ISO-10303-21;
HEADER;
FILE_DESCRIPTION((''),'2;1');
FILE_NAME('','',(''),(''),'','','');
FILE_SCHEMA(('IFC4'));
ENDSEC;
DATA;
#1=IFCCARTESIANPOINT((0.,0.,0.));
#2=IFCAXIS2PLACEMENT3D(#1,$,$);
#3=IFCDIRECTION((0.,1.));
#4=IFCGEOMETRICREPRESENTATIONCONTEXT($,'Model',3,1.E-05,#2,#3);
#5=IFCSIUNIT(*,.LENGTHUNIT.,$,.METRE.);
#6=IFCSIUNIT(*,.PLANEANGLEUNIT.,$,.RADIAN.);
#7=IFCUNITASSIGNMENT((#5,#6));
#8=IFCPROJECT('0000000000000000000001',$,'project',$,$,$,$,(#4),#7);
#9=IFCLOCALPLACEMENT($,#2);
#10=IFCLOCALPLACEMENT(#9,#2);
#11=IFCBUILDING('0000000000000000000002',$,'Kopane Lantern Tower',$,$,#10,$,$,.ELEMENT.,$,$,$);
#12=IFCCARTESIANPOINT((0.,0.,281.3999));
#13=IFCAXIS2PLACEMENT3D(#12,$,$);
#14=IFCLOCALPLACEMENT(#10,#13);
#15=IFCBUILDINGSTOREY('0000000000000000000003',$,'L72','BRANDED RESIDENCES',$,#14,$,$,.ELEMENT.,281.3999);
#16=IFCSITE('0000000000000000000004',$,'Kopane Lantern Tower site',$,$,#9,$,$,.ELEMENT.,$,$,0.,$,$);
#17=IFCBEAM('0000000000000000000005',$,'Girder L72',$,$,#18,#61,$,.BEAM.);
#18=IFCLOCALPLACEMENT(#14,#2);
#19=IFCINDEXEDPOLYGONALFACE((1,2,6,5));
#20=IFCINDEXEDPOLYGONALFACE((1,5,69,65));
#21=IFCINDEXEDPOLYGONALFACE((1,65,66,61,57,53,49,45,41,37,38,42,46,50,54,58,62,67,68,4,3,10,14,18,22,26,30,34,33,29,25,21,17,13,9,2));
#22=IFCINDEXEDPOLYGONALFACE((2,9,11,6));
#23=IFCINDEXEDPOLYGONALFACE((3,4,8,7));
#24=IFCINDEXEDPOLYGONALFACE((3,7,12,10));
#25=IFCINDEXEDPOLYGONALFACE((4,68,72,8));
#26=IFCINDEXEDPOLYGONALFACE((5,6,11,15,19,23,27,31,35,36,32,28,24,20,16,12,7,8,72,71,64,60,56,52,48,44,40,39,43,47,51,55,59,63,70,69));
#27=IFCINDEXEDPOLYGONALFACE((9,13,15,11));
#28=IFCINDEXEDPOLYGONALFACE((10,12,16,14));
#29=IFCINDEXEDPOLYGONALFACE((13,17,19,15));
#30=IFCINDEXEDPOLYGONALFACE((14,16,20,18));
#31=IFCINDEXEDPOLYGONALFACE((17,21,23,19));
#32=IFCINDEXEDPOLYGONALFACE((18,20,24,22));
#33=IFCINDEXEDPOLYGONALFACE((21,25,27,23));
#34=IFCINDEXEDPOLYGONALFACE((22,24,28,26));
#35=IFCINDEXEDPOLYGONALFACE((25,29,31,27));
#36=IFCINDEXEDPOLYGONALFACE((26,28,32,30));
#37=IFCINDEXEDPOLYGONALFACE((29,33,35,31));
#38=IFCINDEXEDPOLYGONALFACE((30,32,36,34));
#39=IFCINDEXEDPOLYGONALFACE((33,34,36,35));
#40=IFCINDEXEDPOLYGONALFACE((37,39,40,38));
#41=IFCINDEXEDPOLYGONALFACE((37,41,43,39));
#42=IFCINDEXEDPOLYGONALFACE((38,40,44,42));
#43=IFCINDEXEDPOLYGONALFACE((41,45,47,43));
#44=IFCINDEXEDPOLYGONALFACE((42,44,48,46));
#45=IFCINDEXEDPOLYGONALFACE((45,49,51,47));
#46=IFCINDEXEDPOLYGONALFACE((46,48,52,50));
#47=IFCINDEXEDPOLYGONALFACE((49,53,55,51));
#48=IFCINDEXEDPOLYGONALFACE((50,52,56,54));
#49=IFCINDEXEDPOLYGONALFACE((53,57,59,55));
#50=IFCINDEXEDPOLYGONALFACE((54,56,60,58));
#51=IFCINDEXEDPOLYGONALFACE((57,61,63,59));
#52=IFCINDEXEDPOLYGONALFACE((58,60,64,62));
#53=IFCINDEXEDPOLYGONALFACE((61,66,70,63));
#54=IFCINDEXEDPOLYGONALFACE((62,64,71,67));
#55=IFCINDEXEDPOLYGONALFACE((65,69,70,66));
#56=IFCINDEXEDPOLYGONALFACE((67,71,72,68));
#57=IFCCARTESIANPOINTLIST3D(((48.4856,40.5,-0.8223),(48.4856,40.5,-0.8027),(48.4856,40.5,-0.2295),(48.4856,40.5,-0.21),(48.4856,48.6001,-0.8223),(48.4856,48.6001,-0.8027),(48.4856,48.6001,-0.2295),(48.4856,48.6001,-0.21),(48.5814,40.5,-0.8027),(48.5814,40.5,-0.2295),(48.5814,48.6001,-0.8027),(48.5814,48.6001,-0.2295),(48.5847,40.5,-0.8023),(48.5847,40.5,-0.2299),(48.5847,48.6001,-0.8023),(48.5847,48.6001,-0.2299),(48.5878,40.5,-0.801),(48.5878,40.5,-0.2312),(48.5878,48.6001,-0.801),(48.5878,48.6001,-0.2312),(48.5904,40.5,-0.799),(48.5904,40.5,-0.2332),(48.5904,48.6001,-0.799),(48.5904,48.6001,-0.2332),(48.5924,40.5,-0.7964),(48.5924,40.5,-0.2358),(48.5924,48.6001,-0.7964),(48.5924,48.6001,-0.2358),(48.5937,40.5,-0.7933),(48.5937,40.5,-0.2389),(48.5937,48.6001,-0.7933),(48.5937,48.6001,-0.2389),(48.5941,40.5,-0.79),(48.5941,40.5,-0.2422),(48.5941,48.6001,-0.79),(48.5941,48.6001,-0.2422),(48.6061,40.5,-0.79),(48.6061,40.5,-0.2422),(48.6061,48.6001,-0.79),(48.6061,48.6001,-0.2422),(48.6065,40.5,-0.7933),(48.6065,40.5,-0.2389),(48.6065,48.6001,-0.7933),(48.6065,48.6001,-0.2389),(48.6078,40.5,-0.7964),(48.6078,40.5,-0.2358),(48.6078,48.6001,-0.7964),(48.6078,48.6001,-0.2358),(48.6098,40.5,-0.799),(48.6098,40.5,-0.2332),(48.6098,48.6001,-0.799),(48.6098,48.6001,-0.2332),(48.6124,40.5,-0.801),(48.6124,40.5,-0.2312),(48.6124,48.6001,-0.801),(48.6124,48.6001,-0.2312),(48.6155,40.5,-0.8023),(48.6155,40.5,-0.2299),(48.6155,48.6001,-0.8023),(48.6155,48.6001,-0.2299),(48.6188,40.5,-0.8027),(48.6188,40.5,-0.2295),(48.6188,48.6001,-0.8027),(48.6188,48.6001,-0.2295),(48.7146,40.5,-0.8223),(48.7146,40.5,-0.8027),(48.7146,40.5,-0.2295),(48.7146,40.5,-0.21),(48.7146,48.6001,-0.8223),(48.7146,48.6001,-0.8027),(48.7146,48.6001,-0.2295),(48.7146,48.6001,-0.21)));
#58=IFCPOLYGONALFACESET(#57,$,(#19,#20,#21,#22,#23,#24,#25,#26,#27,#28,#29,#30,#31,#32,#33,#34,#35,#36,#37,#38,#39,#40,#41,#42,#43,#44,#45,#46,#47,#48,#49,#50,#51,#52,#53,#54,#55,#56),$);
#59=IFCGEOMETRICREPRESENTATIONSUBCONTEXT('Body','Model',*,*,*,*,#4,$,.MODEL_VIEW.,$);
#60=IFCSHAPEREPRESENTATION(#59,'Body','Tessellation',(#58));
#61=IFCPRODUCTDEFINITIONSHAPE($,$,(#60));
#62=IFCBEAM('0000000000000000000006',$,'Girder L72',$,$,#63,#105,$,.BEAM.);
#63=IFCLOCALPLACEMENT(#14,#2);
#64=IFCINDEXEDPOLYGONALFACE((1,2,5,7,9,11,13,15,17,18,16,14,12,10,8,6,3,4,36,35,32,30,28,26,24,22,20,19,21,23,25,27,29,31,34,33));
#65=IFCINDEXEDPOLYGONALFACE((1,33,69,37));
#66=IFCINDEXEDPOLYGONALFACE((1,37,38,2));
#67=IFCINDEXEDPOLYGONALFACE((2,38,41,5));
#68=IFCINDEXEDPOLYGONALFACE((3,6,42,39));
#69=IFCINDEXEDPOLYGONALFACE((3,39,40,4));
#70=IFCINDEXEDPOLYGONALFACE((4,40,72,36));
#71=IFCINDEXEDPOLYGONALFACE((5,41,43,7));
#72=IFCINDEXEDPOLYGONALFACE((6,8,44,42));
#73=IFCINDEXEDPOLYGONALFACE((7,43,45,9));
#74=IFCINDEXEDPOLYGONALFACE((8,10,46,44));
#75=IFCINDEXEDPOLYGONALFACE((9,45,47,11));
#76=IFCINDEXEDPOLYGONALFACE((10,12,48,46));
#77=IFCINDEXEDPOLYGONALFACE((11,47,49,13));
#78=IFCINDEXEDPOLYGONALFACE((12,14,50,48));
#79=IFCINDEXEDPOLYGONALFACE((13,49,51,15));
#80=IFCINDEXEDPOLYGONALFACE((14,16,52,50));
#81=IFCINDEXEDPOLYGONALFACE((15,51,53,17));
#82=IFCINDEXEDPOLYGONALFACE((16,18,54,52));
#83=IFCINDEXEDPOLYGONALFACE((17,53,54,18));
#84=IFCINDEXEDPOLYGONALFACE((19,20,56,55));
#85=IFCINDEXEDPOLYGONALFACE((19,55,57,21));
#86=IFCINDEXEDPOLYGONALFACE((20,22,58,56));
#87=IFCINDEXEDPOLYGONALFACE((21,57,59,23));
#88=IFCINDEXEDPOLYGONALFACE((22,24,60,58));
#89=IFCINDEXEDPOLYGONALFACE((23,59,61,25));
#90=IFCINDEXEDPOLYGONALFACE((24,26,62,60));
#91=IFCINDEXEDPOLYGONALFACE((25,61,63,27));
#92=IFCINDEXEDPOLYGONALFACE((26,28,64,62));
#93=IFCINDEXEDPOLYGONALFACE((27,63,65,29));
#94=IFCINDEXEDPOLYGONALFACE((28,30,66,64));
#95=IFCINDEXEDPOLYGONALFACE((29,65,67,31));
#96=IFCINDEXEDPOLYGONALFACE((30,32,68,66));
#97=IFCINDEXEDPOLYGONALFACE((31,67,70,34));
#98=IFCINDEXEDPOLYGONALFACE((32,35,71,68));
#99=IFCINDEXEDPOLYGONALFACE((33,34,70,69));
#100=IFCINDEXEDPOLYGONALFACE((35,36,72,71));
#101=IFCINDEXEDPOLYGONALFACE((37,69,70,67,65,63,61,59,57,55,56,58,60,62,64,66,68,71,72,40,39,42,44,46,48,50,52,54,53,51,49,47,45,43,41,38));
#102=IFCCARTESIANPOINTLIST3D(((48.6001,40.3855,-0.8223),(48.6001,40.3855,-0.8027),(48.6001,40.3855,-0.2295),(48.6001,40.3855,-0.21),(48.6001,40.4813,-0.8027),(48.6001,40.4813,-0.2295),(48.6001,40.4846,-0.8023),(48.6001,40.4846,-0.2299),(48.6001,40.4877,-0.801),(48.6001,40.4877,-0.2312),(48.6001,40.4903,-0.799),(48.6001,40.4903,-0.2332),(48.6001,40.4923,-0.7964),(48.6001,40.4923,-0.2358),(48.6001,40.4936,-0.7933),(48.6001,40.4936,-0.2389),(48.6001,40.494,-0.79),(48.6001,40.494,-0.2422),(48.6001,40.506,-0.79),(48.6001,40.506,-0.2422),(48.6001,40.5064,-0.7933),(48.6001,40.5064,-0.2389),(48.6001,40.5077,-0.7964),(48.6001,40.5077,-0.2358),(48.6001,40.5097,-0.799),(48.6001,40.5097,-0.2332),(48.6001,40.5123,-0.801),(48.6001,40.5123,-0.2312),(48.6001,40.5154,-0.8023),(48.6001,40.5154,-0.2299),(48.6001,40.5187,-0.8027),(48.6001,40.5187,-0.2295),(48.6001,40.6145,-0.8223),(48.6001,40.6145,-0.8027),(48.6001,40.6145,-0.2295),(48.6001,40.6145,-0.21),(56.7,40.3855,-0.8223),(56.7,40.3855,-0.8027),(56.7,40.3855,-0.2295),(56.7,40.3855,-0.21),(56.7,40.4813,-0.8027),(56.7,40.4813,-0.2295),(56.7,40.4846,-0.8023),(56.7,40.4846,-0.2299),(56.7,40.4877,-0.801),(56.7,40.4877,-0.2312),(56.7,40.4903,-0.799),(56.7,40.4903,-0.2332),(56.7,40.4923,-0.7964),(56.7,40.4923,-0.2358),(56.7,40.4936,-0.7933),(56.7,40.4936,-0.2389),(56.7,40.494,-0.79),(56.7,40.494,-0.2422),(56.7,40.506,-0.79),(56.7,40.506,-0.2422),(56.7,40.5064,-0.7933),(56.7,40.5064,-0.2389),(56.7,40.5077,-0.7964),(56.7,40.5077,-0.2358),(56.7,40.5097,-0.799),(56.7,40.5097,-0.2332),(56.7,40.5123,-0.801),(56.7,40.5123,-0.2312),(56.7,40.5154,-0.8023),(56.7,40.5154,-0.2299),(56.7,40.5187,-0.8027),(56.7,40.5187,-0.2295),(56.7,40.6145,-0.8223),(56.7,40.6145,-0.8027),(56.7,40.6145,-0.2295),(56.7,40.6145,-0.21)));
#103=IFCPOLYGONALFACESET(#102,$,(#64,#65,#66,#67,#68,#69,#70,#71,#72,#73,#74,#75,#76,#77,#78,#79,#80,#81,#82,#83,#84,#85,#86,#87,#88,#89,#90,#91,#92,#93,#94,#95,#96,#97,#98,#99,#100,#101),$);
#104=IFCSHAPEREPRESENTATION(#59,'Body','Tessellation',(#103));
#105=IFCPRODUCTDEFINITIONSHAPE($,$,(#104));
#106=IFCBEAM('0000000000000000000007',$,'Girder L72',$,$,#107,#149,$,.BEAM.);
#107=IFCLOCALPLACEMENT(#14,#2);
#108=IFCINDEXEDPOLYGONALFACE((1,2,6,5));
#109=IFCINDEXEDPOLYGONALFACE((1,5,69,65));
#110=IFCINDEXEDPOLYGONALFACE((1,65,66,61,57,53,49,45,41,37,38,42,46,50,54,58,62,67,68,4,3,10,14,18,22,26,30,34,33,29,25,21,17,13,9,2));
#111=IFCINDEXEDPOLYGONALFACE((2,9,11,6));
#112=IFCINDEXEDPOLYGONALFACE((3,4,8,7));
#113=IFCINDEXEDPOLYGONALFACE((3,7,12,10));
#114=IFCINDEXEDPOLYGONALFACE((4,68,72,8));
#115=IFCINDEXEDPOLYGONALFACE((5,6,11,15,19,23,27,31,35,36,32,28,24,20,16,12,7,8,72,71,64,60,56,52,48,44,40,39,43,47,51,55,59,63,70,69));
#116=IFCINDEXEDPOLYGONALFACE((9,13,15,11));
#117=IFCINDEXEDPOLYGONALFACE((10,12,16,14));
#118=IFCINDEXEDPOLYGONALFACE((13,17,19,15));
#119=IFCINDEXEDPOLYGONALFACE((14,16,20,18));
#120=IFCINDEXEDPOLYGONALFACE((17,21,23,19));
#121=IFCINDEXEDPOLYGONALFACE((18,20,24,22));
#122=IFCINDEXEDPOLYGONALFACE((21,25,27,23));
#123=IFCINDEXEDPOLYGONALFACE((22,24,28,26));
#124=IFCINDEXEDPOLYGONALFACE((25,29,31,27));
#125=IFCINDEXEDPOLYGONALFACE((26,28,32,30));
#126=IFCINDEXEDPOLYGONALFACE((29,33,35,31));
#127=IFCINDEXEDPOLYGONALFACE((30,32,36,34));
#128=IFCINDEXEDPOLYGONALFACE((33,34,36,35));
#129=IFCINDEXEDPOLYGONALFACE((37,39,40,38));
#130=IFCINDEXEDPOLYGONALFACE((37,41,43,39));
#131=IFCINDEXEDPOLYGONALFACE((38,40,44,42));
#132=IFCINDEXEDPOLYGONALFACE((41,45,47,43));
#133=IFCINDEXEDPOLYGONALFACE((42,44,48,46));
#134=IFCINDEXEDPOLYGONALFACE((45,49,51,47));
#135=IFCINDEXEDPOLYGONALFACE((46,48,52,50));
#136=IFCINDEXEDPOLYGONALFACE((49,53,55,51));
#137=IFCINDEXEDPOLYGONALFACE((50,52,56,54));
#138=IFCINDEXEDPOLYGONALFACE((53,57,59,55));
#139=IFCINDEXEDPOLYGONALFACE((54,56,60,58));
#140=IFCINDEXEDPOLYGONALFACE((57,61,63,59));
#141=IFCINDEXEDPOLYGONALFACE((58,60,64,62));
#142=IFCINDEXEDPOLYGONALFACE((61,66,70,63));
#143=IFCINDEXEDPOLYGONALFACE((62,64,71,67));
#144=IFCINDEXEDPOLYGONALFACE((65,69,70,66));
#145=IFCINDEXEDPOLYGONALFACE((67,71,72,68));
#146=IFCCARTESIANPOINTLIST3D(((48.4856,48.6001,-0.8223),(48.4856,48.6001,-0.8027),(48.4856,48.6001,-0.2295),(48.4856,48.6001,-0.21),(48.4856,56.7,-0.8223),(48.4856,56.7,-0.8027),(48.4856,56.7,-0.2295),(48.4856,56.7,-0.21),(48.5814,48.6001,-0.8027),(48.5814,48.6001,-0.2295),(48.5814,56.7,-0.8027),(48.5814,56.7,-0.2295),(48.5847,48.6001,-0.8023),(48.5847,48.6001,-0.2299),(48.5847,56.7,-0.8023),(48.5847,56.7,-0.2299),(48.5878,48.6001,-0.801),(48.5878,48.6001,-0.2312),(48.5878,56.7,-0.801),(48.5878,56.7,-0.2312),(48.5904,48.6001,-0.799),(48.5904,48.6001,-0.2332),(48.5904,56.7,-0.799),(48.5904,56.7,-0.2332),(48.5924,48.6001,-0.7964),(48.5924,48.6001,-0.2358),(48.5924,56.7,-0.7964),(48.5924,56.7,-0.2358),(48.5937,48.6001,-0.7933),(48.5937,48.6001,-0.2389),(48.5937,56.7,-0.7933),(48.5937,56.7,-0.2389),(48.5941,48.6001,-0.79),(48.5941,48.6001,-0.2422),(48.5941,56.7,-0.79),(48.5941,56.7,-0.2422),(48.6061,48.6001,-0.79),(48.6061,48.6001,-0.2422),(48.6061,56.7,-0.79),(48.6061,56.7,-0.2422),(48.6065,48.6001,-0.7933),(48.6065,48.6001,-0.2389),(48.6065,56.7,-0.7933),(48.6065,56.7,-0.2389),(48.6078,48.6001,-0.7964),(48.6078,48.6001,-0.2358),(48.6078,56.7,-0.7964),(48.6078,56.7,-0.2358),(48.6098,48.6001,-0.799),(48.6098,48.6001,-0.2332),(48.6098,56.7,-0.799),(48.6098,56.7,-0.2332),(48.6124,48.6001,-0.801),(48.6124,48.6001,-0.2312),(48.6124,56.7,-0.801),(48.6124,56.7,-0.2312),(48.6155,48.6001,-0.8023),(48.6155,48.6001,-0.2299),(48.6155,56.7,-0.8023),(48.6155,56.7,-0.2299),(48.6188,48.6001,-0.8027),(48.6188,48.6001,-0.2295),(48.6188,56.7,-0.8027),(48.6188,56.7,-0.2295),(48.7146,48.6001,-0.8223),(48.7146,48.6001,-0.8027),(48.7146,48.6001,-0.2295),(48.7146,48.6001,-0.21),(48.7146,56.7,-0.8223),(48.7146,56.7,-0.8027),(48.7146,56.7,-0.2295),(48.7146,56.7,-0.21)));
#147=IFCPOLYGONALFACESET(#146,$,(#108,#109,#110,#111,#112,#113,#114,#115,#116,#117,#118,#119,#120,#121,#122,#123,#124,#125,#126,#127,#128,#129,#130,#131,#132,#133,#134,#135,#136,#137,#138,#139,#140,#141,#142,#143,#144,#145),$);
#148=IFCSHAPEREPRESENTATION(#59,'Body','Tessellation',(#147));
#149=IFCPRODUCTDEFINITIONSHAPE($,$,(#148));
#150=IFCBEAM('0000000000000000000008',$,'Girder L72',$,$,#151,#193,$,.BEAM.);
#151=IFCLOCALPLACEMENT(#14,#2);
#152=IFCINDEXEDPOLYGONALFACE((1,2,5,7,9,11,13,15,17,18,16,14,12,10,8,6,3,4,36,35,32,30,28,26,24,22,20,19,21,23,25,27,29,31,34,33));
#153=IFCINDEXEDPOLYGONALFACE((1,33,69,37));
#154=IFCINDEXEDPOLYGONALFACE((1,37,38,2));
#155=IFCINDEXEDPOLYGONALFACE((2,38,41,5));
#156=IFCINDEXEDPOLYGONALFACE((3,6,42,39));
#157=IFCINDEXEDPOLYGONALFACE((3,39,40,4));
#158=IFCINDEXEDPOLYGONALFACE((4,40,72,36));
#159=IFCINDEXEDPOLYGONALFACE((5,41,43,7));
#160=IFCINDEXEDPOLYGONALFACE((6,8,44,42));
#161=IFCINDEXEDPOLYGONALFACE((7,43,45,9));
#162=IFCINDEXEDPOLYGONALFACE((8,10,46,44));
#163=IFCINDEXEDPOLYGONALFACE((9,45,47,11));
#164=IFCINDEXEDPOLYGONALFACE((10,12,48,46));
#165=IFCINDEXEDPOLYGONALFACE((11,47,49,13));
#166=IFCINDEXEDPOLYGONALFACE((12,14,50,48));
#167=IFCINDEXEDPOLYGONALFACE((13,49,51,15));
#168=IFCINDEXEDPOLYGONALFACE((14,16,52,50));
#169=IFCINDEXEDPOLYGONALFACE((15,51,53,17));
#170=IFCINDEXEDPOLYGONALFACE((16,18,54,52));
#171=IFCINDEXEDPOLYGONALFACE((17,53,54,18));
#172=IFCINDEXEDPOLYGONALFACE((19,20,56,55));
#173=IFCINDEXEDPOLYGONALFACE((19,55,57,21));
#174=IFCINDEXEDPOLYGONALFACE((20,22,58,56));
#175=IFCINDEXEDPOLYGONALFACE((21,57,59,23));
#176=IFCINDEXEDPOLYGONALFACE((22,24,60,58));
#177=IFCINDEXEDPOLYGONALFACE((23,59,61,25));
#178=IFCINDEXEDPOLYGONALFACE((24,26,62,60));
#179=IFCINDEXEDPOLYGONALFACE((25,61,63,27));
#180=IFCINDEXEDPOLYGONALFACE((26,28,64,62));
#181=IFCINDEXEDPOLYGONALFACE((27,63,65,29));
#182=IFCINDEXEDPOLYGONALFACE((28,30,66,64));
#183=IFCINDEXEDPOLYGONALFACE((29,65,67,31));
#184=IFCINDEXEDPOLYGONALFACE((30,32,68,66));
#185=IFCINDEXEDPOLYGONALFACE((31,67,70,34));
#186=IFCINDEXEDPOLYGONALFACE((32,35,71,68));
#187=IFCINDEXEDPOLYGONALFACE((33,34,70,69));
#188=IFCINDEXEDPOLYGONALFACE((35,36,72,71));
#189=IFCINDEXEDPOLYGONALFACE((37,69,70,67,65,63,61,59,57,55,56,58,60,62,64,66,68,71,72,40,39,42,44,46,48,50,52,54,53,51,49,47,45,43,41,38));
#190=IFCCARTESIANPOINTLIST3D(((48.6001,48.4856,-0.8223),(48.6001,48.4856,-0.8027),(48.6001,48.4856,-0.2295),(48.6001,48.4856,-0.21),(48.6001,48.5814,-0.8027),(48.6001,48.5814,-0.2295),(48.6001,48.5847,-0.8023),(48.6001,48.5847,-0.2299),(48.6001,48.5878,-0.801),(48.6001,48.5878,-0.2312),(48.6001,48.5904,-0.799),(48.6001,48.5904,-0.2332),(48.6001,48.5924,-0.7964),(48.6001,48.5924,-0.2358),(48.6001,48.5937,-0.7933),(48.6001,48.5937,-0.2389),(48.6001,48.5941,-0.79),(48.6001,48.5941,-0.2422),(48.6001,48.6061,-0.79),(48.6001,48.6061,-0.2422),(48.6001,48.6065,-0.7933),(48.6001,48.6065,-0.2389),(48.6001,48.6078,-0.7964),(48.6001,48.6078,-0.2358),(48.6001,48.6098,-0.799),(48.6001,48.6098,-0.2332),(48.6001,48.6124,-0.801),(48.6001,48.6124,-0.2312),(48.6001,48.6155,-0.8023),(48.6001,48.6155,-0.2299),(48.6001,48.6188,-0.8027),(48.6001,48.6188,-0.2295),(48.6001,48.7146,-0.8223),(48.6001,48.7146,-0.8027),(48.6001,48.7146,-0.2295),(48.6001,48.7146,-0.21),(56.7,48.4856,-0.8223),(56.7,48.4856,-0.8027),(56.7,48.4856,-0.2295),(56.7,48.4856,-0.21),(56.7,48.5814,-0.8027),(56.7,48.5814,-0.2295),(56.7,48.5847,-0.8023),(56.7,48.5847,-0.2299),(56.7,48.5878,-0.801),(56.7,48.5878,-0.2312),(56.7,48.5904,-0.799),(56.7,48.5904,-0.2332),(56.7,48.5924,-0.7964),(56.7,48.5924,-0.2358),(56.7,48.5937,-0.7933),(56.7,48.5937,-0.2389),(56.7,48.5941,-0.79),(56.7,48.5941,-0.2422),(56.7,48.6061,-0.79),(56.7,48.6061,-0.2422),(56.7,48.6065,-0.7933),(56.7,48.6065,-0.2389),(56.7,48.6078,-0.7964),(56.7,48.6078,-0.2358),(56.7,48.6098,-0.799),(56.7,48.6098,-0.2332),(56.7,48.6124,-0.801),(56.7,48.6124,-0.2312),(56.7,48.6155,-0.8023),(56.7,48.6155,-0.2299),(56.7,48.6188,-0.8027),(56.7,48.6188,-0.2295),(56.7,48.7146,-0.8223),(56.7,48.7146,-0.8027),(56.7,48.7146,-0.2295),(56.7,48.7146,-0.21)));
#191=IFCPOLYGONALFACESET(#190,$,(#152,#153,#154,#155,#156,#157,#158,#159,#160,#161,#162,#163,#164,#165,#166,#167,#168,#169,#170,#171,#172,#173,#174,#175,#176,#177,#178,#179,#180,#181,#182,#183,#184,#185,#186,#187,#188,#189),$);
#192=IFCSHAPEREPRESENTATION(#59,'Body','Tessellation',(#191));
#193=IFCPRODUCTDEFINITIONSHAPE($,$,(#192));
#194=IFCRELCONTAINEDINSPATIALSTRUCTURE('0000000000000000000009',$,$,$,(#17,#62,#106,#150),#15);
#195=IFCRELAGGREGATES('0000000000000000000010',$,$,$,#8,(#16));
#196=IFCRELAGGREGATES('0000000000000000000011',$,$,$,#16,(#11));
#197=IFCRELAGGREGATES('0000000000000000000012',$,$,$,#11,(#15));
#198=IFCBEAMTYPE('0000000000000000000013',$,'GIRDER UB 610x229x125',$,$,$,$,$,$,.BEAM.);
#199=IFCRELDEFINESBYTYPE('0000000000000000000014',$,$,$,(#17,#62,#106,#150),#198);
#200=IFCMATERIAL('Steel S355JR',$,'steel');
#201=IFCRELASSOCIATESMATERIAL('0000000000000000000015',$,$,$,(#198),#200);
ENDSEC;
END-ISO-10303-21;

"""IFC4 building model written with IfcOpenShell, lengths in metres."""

from ifc_helpers import new_model, si_unit, direction, frame, origin, origin_2d, place, context, subcontext, project, spatial, i_section, extrude, material, material_profile, profile_set, type_object, element, save


model = new_model("IFC4")

# Units and contexts
model_context = context("Model", 3, precision=1e-05, world=origin(), true_north=direction((0.0, 1.0)))
body_context = subcontext(model_context, "Body", "Model", "MODEL_VIEW")
ifc_project = project(units=[si_unit("LENGTHUNIT", "METRE"), si_unit("PLANEANGLEUNIT", "RADIAN")], contexts=[model_context])

# Site, building, storey
site_placement = place(None, origin())
site = spatial("IfcSite", under=ifc_project, at=site_placement, Name="Kopane Lantern Tower site", CompositionType="ELEMENT", RefElevation=0.0)
building_placement = place(site_placement, origin())
building = spatial("IfcBuilding", under=site, at=building_placement, Name="Kopane Lantern Tower", CompositionType="ELEMENT")
storey_placement = place(building_placement, frame((0.0, 0.0, 281.3999)))
storey = spatial("IfcBuildingStorey", under=building, at=storey_placement, Name="L72", Description="BRANDED RESIDENCES", CompositionType="ELEMENT", Elevation=281.3999)

# Beams
ifc_material_1 = material(Name="Steel S355JR", Category="steel")
ifc_material_profile_1 = material_profile(ifc_material_1, i_section(OverallWidth=0.229, OverallDepth=0.6123, WebThickness=0.012, FlangeThickness=0.0195, FilletRadius=0.0127, at=origin_2d()), Name="UB 610x229x125")
ifc_profile_set_1 = profile_set([ifc_material_profile_1], Name="Steel S355JR")
beam_type = type_object("IfcBeamType", Name="GIRDER UB 610x229x125", PredefinedType="BEAM", material=ifc_profile_set_1)
beam_1_placement = place(storey_placement, frame((48.6001, 40.5, -0.5161), z_axis=(0.0, 1.0, 0.0), x_axis=(-1.0, 0.0, 0.0)))
element("IfcBeam", 1, at=beam_1_placement, inside=storey, type_object=beam_type, Name="Girder L72", PredefinedType="BEAM", context=body_context, shape_type="SweptSolid", body=[
    extrude(i_section(OverallWidth=0.229, OverallDepth=0.6123, WebThickness=0.012, FlangeThickness=0.0195, FilletRadius=0.0127, at=origin_2d()), origin(), (0.0, 0.0, 1.0), 8.1001),
])
for number, where, z_axis, x_axis, name in (
    (2, (48.6001, 40.5, -0.5161), (1.0, 0.0, 0.0), (0.0, 1.0, 0.0), "Girder L72"),
    (3, (48.6001, 48.6001, -0.5161), (0.0, 1.0, 0.0), (-1.0, 0.0, 0.0), "Girder L72"),
    (4, (48.6001, 48.6001, -0.5161), (1.0, 0.0, 0.0), (0.0, 1.0, 0.0), "Girder L72"),
):
    element("IfcBeam", number, at=place(storey_placement, frame(where, z_axis=z_axis, x_axis=x_axis)), inside=storey, type_object=beam_type, Name=name, PredefinedType="BEAM", context=body_context, shape_type="SweptSolid", body=[
        extrude(i_section(OverallWidth=0.229, OverallDepth=0.6123, WebThickness=0.012, FlangeThickness=0.0195, FilletRadius=0.0127, at=origin_2d()), origin(), (0.0, 0.0, 1.0), 8.0999),
    ])

save(model, "model.ifc")
